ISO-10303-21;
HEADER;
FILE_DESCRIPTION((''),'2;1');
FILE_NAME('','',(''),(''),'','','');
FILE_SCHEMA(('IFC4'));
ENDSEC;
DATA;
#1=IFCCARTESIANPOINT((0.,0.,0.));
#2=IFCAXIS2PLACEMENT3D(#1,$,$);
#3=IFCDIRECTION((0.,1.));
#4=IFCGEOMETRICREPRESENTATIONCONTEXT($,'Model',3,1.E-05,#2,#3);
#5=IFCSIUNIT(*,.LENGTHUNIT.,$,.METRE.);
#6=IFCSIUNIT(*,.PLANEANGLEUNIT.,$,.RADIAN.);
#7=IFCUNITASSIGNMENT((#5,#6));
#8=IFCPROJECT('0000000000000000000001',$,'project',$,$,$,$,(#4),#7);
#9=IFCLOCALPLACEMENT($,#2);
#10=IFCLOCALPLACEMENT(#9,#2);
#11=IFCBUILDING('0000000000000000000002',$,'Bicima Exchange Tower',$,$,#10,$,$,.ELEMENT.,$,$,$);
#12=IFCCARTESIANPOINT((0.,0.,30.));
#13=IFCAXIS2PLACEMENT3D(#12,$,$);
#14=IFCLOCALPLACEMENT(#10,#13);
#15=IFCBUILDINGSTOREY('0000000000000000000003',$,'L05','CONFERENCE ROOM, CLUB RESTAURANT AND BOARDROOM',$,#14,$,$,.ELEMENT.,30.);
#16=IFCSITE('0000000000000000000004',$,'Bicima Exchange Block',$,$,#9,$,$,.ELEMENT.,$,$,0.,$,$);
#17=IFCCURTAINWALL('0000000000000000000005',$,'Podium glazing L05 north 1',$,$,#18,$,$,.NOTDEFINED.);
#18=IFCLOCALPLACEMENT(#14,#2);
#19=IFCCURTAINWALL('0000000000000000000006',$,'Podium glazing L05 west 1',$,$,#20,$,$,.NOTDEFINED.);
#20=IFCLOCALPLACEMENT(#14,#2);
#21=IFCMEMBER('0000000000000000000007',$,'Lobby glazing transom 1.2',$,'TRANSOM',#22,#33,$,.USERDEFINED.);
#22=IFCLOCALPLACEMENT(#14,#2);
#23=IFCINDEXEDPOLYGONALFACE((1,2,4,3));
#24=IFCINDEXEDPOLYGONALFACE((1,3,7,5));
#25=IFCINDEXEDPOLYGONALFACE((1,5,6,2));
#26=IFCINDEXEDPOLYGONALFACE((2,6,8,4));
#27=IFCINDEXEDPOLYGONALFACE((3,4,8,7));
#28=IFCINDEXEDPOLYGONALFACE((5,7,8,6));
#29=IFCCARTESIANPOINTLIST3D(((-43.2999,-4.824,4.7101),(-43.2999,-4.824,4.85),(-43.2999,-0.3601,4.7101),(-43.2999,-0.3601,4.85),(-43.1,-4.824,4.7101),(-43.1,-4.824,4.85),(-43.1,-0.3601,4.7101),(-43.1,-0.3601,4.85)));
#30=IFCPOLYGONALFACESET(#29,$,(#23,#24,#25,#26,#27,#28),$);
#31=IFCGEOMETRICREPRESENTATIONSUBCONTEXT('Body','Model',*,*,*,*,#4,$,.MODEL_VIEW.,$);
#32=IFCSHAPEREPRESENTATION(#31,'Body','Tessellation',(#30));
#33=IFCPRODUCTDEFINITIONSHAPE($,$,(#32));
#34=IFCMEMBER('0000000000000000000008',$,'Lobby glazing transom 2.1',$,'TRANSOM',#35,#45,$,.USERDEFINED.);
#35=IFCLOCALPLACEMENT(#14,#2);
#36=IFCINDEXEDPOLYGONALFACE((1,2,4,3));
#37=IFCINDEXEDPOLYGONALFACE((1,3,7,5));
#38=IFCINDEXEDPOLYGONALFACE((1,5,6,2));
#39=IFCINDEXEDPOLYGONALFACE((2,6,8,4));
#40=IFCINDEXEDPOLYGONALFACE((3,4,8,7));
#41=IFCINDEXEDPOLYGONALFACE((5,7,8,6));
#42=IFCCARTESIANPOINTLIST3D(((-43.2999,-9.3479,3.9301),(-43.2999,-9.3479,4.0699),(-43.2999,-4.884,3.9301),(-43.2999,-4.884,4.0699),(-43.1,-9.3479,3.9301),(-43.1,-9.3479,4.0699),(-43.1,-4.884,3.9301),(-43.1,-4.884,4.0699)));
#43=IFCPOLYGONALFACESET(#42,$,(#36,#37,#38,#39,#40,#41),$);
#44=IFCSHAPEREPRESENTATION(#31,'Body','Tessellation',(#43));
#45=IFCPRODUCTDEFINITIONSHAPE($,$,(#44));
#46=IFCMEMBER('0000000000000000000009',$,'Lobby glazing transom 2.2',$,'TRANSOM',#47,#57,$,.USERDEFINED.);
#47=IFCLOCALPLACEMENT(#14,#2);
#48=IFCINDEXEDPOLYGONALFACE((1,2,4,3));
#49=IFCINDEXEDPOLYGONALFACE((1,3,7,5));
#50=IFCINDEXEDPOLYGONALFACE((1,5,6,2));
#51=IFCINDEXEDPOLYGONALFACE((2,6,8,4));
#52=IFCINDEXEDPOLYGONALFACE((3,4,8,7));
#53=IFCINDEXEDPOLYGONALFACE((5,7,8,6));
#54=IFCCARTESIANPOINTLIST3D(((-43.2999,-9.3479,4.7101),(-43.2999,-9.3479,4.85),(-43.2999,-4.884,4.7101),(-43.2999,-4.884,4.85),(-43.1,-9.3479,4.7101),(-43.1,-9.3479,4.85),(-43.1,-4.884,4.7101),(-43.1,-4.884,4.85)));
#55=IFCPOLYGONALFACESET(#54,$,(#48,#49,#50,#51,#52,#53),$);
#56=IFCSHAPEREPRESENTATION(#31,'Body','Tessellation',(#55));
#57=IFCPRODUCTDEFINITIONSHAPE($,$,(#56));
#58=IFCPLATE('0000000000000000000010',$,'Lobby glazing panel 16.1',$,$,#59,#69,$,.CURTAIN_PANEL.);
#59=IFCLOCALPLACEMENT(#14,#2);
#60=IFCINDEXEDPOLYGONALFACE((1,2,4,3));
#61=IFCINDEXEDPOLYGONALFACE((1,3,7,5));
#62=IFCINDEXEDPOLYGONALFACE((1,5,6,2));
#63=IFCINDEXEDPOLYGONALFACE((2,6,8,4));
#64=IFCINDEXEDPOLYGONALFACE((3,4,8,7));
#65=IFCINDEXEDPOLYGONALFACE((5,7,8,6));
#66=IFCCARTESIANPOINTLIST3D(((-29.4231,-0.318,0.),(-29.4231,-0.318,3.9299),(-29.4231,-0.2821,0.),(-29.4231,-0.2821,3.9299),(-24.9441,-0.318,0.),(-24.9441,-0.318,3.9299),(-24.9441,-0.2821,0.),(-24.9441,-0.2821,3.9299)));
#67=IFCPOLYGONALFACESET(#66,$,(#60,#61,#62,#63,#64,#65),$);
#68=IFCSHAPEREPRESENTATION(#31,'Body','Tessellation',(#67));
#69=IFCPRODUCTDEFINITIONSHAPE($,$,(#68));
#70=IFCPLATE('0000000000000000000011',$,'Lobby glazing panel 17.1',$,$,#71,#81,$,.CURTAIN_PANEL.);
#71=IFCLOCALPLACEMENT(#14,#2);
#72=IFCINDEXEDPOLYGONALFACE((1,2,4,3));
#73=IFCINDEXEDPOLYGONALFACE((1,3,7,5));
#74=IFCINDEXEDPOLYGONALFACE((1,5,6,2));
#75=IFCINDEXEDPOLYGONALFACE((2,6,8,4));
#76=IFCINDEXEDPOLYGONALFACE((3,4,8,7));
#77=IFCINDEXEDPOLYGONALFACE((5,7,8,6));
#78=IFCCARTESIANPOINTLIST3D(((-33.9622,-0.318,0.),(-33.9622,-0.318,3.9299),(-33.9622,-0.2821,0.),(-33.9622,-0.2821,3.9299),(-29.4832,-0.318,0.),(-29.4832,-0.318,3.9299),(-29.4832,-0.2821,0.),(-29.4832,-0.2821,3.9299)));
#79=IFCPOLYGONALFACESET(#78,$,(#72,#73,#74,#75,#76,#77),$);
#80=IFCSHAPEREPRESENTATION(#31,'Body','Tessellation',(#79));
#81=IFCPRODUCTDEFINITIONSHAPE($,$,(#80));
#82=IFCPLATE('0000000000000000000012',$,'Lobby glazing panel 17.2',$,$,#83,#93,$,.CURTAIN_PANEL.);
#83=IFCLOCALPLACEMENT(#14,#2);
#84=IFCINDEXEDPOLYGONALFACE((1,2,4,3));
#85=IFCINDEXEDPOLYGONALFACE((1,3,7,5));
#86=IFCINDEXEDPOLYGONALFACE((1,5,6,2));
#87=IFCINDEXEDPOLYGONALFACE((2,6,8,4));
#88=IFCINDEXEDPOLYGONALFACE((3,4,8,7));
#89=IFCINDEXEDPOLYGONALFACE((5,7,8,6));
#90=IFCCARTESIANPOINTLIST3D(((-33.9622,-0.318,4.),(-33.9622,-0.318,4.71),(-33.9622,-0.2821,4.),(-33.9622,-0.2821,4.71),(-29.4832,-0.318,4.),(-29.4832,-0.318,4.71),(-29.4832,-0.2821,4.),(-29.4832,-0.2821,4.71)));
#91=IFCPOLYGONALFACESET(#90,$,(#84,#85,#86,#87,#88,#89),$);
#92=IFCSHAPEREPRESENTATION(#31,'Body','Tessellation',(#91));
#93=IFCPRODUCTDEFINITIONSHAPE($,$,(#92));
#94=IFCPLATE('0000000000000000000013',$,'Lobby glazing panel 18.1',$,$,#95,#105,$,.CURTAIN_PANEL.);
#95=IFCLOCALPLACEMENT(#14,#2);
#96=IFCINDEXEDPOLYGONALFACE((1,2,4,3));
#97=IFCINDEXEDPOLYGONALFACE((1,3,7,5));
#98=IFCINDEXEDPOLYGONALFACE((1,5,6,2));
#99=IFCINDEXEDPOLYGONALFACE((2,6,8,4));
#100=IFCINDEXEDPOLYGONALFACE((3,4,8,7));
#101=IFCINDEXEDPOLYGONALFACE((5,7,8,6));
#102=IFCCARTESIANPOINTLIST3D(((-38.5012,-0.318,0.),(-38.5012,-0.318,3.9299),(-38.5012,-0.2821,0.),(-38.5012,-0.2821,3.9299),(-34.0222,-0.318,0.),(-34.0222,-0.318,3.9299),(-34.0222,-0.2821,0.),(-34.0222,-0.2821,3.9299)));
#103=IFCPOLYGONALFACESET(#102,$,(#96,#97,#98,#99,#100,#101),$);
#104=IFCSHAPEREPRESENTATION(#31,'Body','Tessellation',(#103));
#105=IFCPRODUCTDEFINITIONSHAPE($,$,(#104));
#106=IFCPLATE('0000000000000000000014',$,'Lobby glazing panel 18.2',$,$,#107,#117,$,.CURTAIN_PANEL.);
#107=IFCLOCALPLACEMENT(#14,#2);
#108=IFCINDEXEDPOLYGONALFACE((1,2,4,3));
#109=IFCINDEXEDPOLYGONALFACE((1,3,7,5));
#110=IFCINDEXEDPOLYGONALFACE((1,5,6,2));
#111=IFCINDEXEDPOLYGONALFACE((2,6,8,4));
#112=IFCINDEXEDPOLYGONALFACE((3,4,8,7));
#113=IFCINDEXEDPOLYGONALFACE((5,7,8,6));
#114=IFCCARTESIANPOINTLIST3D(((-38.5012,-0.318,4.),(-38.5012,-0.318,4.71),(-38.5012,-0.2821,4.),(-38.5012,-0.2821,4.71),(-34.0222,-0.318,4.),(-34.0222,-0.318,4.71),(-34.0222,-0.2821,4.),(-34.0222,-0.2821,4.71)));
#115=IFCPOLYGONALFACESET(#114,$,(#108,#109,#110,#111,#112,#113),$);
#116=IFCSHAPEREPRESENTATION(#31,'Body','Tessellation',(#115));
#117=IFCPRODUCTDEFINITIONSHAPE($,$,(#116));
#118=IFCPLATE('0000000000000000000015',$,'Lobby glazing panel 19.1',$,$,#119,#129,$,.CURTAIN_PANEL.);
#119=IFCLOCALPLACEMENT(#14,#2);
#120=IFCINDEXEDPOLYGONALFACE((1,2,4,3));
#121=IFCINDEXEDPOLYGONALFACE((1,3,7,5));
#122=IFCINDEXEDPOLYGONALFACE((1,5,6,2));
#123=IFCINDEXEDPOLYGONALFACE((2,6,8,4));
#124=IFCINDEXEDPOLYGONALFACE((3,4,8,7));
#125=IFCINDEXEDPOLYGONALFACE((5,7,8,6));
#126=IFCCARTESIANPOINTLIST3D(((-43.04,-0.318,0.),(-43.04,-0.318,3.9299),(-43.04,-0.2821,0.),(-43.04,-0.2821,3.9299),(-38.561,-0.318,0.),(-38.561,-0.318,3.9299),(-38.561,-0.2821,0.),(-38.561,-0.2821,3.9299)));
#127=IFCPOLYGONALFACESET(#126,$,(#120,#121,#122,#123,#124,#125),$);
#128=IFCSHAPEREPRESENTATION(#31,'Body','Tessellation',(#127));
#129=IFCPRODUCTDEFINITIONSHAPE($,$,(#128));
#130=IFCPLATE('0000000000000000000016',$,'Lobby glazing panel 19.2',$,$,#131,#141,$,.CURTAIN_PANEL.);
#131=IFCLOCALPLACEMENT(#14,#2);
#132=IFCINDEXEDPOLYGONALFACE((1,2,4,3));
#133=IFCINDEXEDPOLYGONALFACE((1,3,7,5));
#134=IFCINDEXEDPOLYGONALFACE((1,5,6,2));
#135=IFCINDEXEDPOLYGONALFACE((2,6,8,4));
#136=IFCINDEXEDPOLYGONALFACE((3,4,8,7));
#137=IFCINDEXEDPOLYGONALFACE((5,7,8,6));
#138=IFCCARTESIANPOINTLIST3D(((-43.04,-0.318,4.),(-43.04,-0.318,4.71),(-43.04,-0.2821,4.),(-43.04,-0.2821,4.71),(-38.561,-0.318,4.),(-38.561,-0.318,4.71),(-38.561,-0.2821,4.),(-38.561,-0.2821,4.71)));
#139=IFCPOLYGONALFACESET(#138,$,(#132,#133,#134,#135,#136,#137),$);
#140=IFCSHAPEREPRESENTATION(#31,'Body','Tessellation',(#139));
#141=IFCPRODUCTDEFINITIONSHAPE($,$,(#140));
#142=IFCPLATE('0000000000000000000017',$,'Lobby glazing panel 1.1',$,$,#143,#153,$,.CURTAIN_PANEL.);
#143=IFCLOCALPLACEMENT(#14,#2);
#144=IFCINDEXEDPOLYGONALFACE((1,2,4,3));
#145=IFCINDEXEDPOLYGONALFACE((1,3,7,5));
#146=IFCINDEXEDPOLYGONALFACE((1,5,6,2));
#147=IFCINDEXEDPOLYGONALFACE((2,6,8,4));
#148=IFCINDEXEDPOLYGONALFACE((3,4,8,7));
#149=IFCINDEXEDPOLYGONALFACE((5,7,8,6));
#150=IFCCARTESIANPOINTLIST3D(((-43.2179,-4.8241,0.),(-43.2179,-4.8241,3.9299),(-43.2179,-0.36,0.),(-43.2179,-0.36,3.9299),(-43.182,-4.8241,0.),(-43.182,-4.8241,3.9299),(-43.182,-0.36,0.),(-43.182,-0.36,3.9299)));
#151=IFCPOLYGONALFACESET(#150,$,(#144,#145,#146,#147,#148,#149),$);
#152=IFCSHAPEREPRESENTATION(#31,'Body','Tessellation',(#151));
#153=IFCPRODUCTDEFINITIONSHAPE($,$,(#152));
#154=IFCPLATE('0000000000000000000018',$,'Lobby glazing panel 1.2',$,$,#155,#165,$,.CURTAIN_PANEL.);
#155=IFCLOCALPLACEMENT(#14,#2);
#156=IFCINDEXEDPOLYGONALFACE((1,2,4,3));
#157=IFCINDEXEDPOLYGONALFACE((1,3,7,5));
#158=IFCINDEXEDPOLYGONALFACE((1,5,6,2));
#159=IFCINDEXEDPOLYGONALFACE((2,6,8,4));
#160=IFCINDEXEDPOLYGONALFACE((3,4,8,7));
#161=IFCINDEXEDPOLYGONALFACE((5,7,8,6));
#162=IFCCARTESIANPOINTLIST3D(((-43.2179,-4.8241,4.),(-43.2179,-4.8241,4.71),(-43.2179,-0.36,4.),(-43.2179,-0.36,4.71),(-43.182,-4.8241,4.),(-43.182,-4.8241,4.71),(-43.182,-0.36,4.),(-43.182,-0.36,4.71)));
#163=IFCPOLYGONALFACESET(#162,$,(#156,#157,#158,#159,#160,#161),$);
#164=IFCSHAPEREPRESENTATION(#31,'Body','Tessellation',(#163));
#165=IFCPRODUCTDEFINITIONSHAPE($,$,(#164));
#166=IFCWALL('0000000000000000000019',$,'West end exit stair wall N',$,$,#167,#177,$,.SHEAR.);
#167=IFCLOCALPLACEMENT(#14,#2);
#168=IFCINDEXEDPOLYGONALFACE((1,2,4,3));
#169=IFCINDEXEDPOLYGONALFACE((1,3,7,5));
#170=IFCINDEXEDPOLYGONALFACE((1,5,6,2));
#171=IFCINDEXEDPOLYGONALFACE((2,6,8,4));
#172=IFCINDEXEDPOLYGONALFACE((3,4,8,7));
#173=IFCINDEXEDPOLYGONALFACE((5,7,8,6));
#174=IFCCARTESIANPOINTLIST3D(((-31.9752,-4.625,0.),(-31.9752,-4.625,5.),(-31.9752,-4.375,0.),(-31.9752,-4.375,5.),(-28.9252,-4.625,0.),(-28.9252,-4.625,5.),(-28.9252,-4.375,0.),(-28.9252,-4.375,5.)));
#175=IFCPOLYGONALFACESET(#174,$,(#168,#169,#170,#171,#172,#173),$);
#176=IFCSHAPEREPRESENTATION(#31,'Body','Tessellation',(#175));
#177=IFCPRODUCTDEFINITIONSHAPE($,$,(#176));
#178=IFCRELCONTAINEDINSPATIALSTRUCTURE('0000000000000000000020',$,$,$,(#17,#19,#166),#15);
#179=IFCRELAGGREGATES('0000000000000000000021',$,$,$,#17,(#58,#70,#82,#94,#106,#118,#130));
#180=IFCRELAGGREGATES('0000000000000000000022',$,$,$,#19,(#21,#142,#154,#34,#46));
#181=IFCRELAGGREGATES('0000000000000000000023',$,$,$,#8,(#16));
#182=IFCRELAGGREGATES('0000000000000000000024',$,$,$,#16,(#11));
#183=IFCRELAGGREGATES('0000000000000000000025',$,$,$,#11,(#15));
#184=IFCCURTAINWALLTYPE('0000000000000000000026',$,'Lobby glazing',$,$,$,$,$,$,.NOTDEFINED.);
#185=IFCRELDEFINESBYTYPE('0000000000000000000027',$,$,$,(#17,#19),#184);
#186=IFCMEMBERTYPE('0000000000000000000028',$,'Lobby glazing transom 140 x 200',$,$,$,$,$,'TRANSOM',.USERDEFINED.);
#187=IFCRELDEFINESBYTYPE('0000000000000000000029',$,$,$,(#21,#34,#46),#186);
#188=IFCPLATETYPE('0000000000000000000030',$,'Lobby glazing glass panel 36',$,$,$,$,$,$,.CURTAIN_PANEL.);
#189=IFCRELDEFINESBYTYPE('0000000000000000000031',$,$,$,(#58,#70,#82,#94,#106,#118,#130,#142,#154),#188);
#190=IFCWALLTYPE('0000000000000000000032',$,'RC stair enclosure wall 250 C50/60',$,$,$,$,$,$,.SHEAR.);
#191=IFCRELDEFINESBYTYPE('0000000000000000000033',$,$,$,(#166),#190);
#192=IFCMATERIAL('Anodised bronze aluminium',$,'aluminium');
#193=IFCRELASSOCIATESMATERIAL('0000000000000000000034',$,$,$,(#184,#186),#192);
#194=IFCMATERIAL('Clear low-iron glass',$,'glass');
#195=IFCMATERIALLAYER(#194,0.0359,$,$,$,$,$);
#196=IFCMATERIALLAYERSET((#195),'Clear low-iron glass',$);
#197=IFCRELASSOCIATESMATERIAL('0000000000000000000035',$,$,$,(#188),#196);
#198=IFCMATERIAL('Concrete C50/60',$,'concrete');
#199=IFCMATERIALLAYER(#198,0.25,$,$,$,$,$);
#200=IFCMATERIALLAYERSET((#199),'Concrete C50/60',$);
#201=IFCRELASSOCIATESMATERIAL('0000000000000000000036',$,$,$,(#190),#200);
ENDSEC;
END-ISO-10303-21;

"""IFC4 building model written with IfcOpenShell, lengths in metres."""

from ifc_helpers import new_model, si_unit, direction, frame, frame_2d, origin, origin_2d, place, context, subcontext, project, spatial, rectangle, extrude, material, layer, layer_set, material_profile, profile_set, type_object, element, aggregate, save


model = new_model("IFC4")

# Units and contexts
model_context = context("Model", 3, precision=1e-05, world=origin(), true_north=direction((0.0, 1.0)))
body_context = subcontext(model_context, "Body", "Model", "MODEL_VIEW")
ifc_project = project(units=[si_unit("LENGTHUNIT", "METRE"), si_unit("PLANEANGLEUNIT", "RADIAN")], contexts=[model_context])

# Site, building, storey
site_placement = place(None, origin())
site = spatial("IfcSite", under=ifc_project, at=site_placement, Name="Bicima Exchange Block", CompositionType="ELEMENT", RefElevation=0.0)
building_placement = place(site_placement, origin())
building = spatial("IfcBuilding", under=site, at=building_placement, Name="Bicima Exchange Tower", CompositionType="ELEMENT")
storey_placement = place(building_placement, frame((0.0, 0.0, 30.0)))
storey = spatial("IfcBuildingStorey", under=building, at=storey_placement, Name="L05", Description="CONFERENCE ROOM, CLUB RESTAURANT AND BOARDROOM", CompositionType="ELEMENT", Elevation=30.0)

# Curtain walls
ifc_material_1 = material(Name="Anodised bronze aluminium", Category="aluminium")
curtain_wall_type = type_object("IfcCurtainWallType", Name="Lobby glazing", PredefinedType="NOTDEFINED", material=ifc_material_1)
curtain_wall_1_placement = place(storey_placement, origin())
curtain_wall_1 = element("IfcCurtainWall", 1, at=curtain_wall_1_placement, inside=storey, type_object=curtain_wall_type, Name="Podium glazing L05 north 1", PredefinedType="NOTDEFINED")
curtain_wall_2_placement = place(storey_placement, origin())
curtain_wall_2 = element("IfcCurtainWall", 2, at=curtain_wall_2_placement, inside=storey, type_object=curtain_wall_type, Name="Podium glazing L05 west 1", PredefinedType="NOTDEFINED")

# Members
ifc_material_profile_1 = material_profile(ifc_material_1, rectangle(XDim=0.2, YDim=0.1399, at=origin_2d()))
ifc_profile_set_1 = profile_set([ifc_material_profile_1], Name="Anodised bronze aluminium")
member_type_1 = type_object("IfcMemberType", Name="Lobby glazing transom 140 x 200", ElementType="TRANSOM", PredefinedType="USERDEFINED", material=ifc_profile_set_1)
member_1_placement = place(storey_placement, frame((-43.2, -0.3601, 4.78), z_axis=(0.0, -1.0, 0.0), x_axis=(1.0, 0.0, 0.0)))
member_1 = element("IfcMember", 3, at=member_1_placement, type_object=member_type_1, Name="Lobby glazing transom 1.2", ObjectType="TRANSOM", PredefinedType="USERDEFINED", context=body_context, shape_type="SweptSolid", body=[
    extrude(rectangle(XDim=0.2, YDim=0.1399, at=origin_2d()), origin(), (0.0, 0.0, 1.0), 4.4639),
])
member_2_placement = place(storey_placement, frame((-43.2, -4.884, 4.0), z_axis=(0.0, -1.0, 0.0), x_axis=(1.0, 0.0, 0.0)))
member_2 = element("IfcMember", 4, at=member_2_placement, type_object=member_type_1, Name="Lobby glazing transom 2.1", ObjectType="TRANSOM", PredefinedType="USERDEFINED", context=body_context, shape_type="SweptSolid", body=[
    extrude(rectangle(XDim=0.2, YDim=0.1399, at=origin_2d()), origin(), (0.0, 0.0, 1.0), 4.4639),
])
member_3_placement = place(storey_placement, frame((-43.2, -4.884, 4.78), z_axis=(0.0, -1.0, 0.0), x_axis=(1.0, 0.0, 0.0)))
member_3 = element("IfcMember", 5, at=member_3_placement, type_object=member_type_1, Name="Lobby glazing transom 2.2", ObjectType="TRANSOM", PredefinedType="USERDEFINED", context=body_context, shape_type="SweptSolid", body=[
    extrude(rectangle(XDim=0.2, YDim=0.1399, at=origin_2d()), origin(), (0.0, 0.0, 1.0), 4.4639),
])

# Plates
ifc_material_2 = material(Name="Clear low-iron glass", Category="glass")
ifc_layer_1 = layer(ifc_material_2, 0.0359)
ifc_layer_set_1 = layer_set([ifc_layer_1], Name="Clear low-iron glass")
plate_type = type_object("IfcPlateType", Name="Lobby glazing glass panel 36", PredefinedType="CURTAIN_PANEL", material=ifc_layer_set_1)
plate_1_placement = place(storey_placement, frame((-27.1836, -0.3, 0.0), z_axis=(0.0, 0.0, 1.0), x_axis=(-1.0, 0.0, 0.0)))
plate_1 = element("IfcPlate", 6, at=plate_1_placement, type_object=plate_type, Name="Lobby glazing panel 16.1", PredefinedType="CURTAIN_PANEL", context=body_context, shape_type="SweptSolid", body=[
    extrude(rectangle(XDim=4.479, YDim=0.0359, at=origin_2d()), origin(), (0.0, 0.0, 1.0), 3.9299),
])
plate_2_placement = place(storey_placement, frame((-31.7227, -0.3, 0.0), z_axis=(0.0, 0.0, 1.0), x_axis=(-1.0, 0.0, 0.0)))
plate_2 = element("IfcPlate", 7, at=plate_2_placement, type_object=plate_type, Name="Lobby glazing panel 17.1", PredefinedType="CURTAIN_PANEL", context=body_context, shape_type="SweptSolid", body=[
    extrude(rectangle(XDim=4.479, YDim=0.0359, at=origin_2d()), origin(), (0.0, 0.0, 1.0), 3.9299),
])
plate_3_placement = place(storey_placement, frame((-31.7227, -0.3, 4.0), z_axis=(0.0, 0.0, 1.0), x_axis=(-1.0, 0.0, 0.0)))
plate_3 = element("IfcPlate", 8, at=plate_3_placement, type_object=plate_type, Name="Lobby glazing panel 17.2", PredefinedType="CURTAIN_PANEL", context=body_context, shape_type="SweptSolid", body=[
    extrude(rectangle(XDim=4.479, YDim=0.0359, at=origin_2d()), origin(), (0.0, 0.0, 1.0), 0.71),
])
plate_4_placement = place(storey_placement, frame((-36.2617, -0.3, 0.0), z_axis=(0.0, 0.0, 1.0), x_axis=(-1.0, 0.0, 0.0)))
plate_4 = element("IfcPlate", 9, at=plate_4_placement, type_object=plate_type, Name="Lobby glazing panel 18.1", PredefinedType="CURTAIN_PANEL", context=body_context, shape_type="SweptSolid", body=[
    extrude(rectangle(XDim=4.479, YDim=0.0359, at=origin_2d()), origin(), (0.0, 0.0, 1.0), 3.9299),
])
plate_5_placement = place(storey_placement, frame((-36.2617, -0.3, 4.0), z_axis=(0.0, 0.0, 1.0), x_axis=(-1.0, 0.0, 0.0)))
plate_5 = element("IfcPlate", 10, at=plate_5_placement, type_object=plate_type, Name="Lobby glazing panel 18.2", PredefinedType="CURTAIN_PANEL", context=body_context, shape_type="SweptSolid", body=[
    extrude(rectangle(XDim=4.479, YDim=0.0359, at=origin_2d()), origin(), (0.0, 0.0, 1.0), 0.71),
])
plate_6_placement = place(storey_placement, frame((-40.8005, -0.3, 0.0), z_axis=(0.0, 0.0, 1.0), x_axis=(-1.0, 0.0, 0.0)))
plate_6 = element("IfcPlate", 11, at=plate_6_placement, type_object=plate_type, Name="Lobby glazing panel 19.1", PredefinedType="CURTAIN_PANEL", context=body_context, shape_type="SweptSolid", body=[
    extrude(rectangle(XDim=4.479, YDim=0.0359, at=origin_2d()), origin(), (0.0, 0.0, 1.0), 3.9299),
])
plate_7_placement = place(storey_placement, frame((-40.8005, -0.3, 4.0), z_axis=(0.0, 0.0, 1.0), x_axis=(-1.0, 0.0, 0.0)))
plate_7 = element("IfcPlate", 12, at=plate_7_placement, type_object=plate_type, Name="Lobby glazing panel 19.2", PredefinedType="CURTAIN_PANEL", context=body_context, shape_type="SweptSolid", body=[
    extrude(rectangle(XDim=4.479, YDim=0.0359, at=origin_2d()), origin(), (0.0, 0.0, 1.0), 0.71),
])
aggregate(curtain_wall_1, [plate_1, plate_2, plate_3, plate_4, plate_5, plate_6, plate_7])
plate_8_placement = place(storey_placement, frame((-43.2, -2.592, 0.0), z_axis=(0.0, 0.0, 1.0), x_axis=(0.0, -1.0, 0.0)))
plate_8 = element("IfcPlate", 13, at=plate_8_placement, type_object=plate_type, Name="Lobby glazing panel 1.1", PredefinedType="CURTAIN_PANEL", context=body_context, shape_type="SweptSolid", body=[
    extrude(rectangle(XDim=4.4641, YDim=0.0359, at=origin_2d()), origin(), (0.0, 0.0, 1.0), 3.9299),
])
plate_9_placement = place(storey_placement, frame((-43.2, -2.592, 4.0), z_axis=(0.0, 0.0, 1.0), x_axis=(0.0, -1.0, 0.0)))
plate_9 = element("IfcPlate", 14, at=plate_9_placement, type_object=plate_type, Name="Lobby glazing panel 1.2", PredefinedType="CURTAIN_PANEL", context=body_context, shape_type="SweptSolid", body=[
    extrude(rectangle(XDim=4.4641, YDim=0.0359, at=origin_2d()), origin(), (0.0, 0.0, 1.0), 0.71),
])
aggregate(curtain_wall_2, [member_1, plate_8, plate_9, member_2, member_3])

# Wall
ifc_material_3 = material(Name="Concrete C50/60", Category="concrete")
ifc_layer_2 = layer(ifc_material_3, 0.25)
ifc_layer_set_2 = layer_set([ifc_layer_2], Name="Concrete C50/60")
wall_type = type_object("IfcWallType", Name="RC stair enclosure wall 250 C50/60", PredefinedType="SHEAR", material=ifc_layer_set_2)
wall_placement = place(storey_placement, frame((-31.9751, -4.5, 0.0), z_axis=(0.0, 0.0, 1.0), x_axis=(1.0, 0.0, 0.0)))
element("IfcWall", 15, at=wall_placement, inside=storey, type_object=wall_type, Name="West end exit stair wall N", PredefinedType="SHEAR", context=body_context, shape_type="SweptSolid", body=[
    extrude(rectangle(XDim=3.05, YDim=0.25, at=frame_2d((1.5249, 0.0))), origin(), (0.0, 0.0, 1.0), 5.0),
])

save(model, "model.ifc")
